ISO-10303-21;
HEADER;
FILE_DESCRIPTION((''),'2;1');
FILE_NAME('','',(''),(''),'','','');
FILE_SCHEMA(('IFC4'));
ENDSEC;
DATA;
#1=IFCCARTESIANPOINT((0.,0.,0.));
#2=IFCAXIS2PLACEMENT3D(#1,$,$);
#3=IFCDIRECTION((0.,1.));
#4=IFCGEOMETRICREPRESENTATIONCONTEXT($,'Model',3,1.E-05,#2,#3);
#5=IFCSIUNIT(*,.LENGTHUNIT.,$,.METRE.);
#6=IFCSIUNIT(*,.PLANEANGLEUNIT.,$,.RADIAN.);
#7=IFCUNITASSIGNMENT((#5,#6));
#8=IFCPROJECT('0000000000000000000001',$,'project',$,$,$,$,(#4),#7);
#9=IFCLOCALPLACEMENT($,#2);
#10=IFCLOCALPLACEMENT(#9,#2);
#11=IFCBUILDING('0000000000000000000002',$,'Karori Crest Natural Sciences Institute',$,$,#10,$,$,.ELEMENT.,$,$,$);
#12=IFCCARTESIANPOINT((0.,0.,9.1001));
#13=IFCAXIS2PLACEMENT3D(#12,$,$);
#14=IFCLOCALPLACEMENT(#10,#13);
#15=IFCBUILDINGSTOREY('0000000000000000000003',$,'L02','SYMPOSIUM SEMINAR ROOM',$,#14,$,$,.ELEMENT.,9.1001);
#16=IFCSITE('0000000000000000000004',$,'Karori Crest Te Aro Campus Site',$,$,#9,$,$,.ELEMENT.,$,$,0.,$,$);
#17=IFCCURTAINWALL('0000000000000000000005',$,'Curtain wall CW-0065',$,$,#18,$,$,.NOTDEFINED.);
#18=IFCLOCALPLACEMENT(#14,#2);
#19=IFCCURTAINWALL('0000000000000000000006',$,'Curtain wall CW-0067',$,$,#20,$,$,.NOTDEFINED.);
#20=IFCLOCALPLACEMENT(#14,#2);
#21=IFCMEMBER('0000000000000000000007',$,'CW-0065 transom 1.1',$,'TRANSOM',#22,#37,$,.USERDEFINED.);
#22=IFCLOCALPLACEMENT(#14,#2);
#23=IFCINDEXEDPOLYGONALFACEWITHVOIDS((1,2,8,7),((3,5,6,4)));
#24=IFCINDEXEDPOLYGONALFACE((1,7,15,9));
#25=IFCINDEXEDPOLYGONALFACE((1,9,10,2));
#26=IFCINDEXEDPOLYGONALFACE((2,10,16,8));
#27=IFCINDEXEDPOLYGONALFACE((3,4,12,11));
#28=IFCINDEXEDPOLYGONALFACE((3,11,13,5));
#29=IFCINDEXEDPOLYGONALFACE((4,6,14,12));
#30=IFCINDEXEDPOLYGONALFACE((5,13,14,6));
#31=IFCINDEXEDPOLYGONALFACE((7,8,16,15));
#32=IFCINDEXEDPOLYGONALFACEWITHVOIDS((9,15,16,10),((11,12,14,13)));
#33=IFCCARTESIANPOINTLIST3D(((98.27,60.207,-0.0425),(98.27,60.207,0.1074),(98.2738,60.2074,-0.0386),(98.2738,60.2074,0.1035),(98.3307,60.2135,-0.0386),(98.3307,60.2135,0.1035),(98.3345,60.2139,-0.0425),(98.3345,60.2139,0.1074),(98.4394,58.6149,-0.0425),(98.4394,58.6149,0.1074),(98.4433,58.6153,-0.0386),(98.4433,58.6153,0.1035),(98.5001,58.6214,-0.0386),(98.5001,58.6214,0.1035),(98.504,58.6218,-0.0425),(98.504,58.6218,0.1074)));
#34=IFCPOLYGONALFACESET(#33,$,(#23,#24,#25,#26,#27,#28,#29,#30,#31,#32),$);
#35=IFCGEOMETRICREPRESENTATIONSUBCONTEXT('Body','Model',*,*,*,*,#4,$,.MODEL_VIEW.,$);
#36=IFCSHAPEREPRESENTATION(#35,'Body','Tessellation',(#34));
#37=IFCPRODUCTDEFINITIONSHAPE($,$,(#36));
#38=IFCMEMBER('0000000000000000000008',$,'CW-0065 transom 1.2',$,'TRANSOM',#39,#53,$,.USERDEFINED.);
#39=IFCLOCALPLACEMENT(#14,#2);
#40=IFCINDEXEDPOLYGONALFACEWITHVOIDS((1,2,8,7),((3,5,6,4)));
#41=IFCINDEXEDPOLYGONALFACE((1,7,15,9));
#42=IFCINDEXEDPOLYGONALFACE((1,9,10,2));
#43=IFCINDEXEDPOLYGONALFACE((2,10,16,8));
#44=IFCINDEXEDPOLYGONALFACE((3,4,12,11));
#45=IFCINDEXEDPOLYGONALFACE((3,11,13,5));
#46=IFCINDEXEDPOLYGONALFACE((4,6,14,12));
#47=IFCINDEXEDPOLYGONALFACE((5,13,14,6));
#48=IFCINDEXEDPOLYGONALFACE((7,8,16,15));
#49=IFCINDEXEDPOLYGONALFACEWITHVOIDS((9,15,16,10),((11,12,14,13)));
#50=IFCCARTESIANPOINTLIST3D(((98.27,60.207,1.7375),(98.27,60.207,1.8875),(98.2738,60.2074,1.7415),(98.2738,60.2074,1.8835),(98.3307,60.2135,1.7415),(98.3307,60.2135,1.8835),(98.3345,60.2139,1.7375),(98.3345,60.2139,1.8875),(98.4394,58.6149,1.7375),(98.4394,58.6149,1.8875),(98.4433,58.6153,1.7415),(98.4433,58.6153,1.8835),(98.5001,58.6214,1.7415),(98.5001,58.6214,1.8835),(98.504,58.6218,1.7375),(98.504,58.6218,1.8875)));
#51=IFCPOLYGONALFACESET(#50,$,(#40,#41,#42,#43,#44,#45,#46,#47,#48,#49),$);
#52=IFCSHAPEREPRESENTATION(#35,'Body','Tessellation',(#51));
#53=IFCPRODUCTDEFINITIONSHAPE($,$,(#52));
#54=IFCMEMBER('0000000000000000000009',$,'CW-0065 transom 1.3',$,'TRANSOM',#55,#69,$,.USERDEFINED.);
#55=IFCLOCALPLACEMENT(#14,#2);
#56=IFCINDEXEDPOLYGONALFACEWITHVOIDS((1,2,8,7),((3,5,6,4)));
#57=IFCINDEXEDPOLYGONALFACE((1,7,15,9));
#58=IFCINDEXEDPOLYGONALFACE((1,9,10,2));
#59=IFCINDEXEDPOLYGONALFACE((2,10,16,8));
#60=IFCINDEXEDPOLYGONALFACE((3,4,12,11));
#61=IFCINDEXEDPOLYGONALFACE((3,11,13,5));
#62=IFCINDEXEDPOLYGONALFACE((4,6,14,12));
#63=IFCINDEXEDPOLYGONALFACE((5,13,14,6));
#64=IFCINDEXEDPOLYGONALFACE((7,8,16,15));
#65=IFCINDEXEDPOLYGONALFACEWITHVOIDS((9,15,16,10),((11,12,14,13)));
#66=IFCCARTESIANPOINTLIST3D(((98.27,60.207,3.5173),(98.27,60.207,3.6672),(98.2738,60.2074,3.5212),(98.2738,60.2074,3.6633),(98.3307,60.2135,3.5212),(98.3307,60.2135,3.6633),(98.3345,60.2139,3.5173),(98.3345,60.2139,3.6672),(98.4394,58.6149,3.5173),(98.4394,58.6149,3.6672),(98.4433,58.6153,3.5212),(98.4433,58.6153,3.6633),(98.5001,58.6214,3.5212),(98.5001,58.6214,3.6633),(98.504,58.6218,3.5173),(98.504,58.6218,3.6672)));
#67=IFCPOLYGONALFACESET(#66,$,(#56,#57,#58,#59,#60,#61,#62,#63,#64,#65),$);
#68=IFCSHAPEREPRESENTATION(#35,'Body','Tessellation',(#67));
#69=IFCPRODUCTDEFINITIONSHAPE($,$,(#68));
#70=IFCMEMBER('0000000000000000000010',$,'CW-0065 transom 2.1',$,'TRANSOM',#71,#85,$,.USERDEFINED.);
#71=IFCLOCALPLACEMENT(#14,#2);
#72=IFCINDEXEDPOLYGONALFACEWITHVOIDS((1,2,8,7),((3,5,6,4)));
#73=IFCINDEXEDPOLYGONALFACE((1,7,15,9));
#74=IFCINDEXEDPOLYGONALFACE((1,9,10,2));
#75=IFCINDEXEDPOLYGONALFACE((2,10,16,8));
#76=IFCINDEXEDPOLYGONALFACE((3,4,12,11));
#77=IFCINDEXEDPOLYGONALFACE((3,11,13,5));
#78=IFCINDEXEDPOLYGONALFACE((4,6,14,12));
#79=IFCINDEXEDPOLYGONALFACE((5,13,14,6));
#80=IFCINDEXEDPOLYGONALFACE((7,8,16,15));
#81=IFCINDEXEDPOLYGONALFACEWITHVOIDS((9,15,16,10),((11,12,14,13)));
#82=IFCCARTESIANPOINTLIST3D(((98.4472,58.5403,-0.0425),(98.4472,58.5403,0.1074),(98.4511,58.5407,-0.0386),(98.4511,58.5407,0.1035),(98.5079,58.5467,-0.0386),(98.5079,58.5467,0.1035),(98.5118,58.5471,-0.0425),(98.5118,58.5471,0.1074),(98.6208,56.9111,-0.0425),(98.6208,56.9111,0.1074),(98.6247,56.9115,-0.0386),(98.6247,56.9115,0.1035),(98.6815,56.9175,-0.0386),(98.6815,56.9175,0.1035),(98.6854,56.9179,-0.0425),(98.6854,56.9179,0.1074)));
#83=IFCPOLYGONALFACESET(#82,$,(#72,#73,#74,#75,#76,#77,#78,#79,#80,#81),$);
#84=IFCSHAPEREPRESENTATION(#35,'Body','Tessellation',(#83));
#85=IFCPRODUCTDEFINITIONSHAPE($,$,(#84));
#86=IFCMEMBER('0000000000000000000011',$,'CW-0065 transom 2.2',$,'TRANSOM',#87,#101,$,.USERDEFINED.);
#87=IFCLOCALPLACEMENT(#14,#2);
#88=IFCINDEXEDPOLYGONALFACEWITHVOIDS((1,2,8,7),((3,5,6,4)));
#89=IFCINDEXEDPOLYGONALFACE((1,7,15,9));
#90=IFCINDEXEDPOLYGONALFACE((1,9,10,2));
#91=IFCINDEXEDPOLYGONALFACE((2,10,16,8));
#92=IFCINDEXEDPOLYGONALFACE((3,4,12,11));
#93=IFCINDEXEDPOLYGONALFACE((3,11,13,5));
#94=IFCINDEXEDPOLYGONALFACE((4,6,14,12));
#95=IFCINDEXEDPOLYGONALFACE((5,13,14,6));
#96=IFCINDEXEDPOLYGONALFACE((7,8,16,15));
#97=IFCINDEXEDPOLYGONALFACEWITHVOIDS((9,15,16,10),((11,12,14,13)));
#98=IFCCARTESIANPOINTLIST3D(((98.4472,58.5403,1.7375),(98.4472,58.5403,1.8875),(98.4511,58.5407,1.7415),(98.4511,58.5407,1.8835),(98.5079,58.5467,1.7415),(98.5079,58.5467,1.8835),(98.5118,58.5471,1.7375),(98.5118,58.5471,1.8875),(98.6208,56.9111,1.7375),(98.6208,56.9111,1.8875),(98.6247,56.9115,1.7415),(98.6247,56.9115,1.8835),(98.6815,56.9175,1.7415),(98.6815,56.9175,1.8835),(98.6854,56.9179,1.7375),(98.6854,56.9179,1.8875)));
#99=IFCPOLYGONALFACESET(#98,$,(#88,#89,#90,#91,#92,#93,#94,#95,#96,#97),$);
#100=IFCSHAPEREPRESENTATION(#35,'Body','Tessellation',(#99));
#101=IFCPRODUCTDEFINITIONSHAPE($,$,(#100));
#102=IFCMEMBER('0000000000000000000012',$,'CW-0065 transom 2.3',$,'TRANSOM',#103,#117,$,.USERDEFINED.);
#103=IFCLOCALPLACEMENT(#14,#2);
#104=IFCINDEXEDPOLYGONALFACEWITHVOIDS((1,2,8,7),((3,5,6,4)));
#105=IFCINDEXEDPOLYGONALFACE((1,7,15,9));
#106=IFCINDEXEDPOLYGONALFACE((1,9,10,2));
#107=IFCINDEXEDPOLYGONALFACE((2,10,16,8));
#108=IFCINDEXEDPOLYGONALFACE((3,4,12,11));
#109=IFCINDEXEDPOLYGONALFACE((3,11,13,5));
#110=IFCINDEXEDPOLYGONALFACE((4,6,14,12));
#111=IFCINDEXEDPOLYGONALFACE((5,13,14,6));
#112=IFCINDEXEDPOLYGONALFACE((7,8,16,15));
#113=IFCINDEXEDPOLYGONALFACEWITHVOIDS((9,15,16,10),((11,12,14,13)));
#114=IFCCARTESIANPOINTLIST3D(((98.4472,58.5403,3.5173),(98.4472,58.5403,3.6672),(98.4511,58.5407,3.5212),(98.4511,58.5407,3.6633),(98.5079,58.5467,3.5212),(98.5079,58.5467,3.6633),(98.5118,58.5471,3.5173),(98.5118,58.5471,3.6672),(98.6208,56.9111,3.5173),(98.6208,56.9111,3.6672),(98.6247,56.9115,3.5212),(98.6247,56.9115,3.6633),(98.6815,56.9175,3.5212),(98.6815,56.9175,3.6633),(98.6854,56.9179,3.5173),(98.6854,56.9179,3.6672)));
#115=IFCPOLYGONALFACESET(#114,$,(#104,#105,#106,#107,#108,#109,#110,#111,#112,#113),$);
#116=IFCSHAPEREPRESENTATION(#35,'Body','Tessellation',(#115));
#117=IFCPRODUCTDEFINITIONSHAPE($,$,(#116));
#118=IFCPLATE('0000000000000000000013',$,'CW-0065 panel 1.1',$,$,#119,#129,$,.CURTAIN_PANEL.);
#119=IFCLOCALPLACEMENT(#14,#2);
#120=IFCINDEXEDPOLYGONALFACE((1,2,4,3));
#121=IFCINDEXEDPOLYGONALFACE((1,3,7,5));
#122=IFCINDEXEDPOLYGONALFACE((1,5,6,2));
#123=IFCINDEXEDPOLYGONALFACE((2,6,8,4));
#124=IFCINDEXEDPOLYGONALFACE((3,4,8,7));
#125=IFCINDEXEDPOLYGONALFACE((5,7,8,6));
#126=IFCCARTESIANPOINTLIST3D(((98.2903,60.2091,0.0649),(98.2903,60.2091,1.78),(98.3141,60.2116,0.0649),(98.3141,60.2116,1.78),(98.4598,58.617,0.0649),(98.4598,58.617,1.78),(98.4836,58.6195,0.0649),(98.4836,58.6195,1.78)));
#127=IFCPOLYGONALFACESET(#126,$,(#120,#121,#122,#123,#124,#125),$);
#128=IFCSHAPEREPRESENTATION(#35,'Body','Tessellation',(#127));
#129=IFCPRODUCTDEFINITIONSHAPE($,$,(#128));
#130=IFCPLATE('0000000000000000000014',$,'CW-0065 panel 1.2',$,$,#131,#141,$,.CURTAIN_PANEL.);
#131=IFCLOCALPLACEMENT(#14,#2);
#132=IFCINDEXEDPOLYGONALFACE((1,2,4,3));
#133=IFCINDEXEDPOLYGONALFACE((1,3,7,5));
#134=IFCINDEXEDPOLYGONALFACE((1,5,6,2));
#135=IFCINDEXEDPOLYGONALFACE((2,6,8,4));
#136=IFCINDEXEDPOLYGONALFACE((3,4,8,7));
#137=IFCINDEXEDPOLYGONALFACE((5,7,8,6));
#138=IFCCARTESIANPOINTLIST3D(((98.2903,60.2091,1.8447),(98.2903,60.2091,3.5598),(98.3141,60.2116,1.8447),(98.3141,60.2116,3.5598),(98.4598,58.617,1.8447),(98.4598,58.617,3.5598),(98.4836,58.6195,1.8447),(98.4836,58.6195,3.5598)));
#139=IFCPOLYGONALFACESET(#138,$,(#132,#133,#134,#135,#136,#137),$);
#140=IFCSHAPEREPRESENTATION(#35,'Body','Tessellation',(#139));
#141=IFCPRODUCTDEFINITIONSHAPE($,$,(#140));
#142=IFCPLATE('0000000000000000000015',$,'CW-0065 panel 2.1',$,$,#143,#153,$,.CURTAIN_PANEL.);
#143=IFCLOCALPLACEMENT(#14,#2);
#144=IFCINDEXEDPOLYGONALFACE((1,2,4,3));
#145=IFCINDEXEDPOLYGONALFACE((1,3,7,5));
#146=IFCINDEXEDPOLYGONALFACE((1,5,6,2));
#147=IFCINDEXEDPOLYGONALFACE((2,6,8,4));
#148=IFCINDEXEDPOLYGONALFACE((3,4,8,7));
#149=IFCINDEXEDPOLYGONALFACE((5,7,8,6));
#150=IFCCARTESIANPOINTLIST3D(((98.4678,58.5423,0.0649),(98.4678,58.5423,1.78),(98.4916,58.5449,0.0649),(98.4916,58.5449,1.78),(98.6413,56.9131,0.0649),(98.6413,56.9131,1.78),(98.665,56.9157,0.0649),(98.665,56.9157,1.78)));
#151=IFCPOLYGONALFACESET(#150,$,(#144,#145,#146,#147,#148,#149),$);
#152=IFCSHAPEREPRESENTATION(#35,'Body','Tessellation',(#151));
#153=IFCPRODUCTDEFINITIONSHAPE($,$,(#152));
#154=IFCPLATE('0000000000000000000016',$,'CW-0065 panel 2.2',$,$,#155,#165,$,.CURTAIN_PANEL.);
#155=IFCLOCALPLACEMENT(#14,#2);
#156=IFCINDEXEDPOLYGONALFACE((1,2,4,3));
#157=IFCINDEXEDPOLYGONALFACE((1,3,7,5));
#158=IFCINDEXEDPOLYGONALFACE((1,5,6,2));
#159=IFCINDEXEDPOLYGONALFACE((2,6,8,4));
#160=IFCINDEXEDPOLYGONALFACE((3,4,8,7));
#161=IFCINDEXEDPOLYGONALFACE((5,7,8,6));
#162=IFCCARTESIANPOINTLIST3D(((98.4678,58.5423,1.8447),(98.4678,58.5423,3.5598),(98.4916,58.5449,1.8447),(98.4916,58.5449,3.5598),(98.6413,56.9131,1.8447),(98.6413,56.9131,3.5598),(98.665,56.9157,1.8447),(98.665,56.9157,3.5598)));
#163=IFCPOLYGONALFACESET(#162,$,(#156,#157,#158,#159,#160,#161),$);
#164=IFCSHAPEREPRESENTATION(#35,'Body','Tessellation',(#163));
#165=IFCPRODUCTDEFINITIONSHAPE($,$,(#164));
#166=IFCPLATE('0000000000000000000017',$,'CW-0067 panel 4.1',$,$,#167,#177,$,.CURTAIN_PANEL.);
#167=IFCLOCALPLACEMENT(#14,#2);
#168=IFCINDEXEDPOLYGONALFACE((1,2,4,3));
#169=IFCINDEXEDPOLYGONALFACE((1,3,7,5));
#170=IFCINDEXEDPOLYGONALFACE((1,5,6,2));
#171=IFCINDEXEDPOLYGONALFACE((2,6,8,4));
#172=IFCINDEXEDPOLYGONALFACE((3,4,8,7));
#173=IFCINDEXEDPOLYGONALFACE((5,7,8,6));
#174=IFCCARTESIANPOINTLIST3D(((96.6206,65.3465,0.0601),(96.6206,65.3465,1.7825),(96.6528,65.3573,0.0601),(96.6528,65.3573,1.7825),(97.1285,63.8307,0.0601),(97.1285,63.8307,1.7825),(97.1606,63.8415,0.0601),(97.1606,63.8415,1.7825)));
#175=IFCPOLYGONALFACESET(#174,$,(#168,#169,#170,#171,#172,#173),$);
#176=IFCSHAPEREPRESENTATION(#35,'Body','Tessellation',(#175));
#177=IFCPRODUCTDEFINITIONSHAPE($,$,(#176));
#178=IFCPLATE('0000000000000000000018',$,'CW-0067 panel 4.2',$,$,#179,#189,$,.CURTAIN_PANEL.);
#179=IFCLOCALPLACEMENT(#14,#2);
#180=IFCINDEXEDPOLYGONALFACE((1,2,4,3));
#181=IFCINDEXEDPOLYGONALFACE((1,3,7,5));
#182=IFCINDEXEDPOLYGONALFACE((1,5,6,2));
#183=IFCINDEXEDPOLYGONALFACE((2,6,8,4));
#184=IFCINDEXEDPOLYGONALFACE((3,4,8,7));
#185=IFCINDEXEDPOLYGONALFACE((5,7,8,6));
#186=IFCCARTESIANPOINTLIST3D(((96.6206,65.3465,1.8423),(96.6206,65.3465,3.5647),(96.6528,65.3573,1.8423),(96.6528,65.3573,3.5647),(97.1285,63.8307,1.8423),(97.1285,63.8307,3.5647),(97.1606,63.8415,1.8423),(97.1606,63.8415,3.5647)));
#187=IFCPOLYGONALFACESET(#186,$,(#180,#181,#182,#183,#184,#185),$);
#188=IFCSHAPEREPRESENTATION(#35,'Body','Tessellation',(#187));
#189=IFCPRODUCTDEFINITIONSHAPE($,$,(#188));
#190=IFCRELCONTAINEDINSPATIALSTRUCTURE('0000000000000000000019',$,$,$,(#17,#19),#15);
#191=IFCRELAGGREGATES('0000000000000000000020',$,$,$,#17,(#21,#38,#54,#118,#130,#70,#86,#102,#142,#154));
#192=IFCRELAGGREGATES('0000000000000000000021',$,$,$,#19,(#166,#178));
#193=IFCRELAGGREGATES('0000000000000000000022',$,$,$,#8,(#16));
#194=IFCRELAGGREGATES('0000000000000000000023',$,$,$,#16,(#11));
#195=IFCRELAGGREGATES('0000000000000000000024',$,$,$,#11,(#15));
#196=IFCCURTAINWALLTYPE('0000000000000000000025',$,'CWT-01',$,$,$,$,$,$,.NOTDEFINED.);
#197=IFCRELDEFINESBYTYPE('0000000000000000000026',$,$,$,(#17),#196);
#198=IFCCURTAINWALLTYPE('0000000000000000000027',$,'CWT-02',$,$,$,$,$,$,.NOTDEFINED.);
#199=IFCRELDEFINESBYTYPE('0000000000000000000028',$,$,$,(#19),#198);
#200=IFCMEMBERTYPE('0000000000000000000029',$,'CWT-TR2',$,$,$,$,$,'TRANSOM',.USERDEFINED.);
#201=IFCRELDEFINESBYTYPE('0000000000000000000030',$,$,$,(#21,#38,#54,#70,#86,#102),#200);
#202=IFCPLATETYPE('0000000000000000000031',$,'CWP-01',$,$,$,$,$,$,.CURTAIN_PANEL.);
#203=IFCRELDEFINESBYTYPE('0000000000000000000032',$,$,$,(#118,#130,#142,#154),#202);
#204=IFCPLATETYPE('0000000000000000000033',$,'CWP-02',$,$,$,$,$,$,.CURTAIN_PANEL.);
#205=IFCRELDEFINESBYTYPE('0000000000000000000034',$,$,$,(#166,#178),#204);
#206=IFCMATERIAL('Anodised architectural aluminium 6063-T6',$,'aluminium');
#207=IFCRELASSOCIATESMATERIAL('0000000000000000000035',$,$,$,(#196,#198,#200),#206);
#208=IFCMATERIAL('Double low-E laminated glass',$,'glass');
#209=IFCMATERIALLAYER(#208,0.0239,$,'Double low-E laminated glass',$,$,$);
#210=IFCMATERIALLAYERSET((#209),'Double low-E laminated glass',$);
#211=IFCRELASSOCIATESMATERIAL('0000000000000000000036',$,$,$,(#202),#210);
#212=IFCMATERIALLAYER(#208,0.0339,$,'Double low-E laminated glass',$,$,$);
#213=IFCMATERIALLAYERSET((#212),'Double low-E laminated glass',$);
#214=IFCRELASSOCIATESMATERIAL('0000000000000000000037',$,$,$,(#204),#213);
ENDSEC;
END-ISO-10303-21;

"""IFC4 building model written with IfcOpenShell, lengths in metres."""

from ifc_helpers import new_model, si_unit, direction, frame, origin, origin_2d, place, context, subcontext, project, spatial, rectangle, hollow_rectangle, extrude, material, layer, layer_set, material_profile, profile_set, type_object, element, aggregate, save


model = new_model("IFC4")

# Units and contexts
model_context = context("Model", 3, precision=1e-05, world=origin(), true_north=direction((0.0, 1.0)))
body_context = subcontext(model_context, "Body", "Model", "MODEL_VIEW")
ifc_project = project(units=[si_unit("LENGTHUNIT", "METRE"), si_unit("PLANEANGLEUNIT", "RADIAN")], contexts=[model_context])

# Site, building, storey
site_placement = place(None, origin())
site = spatial("IfcSite", under=ifc_project, at=site_placement, Name="Karori Crest Te Aro Campus Site", CompositionType="ELEMENT", RefElevation=0.0)
building_placement = place(site_placement, origin())
building = spatial("IfcBuilding", under=site, at=building_placement, Name="Karori Crest Natural Sciences Institute", CompositionType="ELEMENT")
storey_placement = place(building_placement, frame((0.0, 0.0, 9.1001)))
storey = spatial("IfcBuildingStorey", under=building, at=storey_placement, Name="L02", Description="SYMPOSIUM SEMINAR ROOM", CompositionType="ELEMENT", Elevation=9.1001)

# Curtain walls
ifc_material_1 = material(Name="Anodised architectural aluminium 6063-T6", Category="aluminium")
curtain_wall_type_1 = type_object("IfcCurtainWallType", Name="CWT-01", PredefinedType="NOTDEFINED", material=ifc_material_1)
curtain_wall_1_placement = place(storey_placement, origin())
curtain_wall_1 = element("IfcCurtainWall", 1, at=curtain_wall_1_placement, inside=storey, type_object=curtain_wall_type_1, Name="Curtain wall CW-0065", PredefinedType="NOTDEFINED")
curtain_wall_type_2 = type_object("IfcCurtainWallType", Name="CWT-02", PredefinedType="NOTDEFINED", material=ifc_material_1)
curtain_wall_2_placement = place(storey_placement, origin())
curtain_wall_2 = element("IfcCurtainWall", 2, at=curtain_wall_2_placement, inside=storey, type_object=curtain_wall_type_2, Name="Curtain wall CW-0067", PredefinedType="NOTDEFINED")

# Members
ifc_material_profile_1 = material_profile(ifc_material_1, hollow_rectangle(XDim=0.0649, YDim=0.1499, WallThickness=0.0039, at=origin_2d()), Name="CWT150x65x4")
ifc_profile_set_1 = profile_set([ifc_material_profile_1], Name="Anodised architectural aluminium 6063-T6")
member_type_1 = type_object("IfcMemberType", Name="CWT-TR2", ElementType="TRANSOM", PredefinedType="USERDEFINED", material=ifc_profile_set_1)
member_1_placement = place(storey_placement, frame((98.3022, 60.2104, 0.0325), z_axis=(0.105828, -0.994384, 0.0), x_axis=(0.994384, 0.105828, 0.0)))
member_1 = element("IfcMember", 3, at=member_1_placement, type_object=member_type_1, Name="CW-0065 transom 1.1", ObjectType="TRANSOM", PredefinedType="USERDEFINED", context=body_context, shape_type="SweptSolid", body=[
    extrude(hollow_rectangle(XDim=0.0649, YDim=0.1499, WallThickness=0.0039, at=origin_2d()), origin(), (0.0, 0.0, 1.0), 1.6011),
])
member_2_placement = place(storey_placement, frame((98.3022, 60.2104, 1.8125), z_axis=(0.105828, -0.994384, 0.0), x_axis=(0.994384, 0.105828, 0.0)))
member_2 = element("IfcMember", 4, at=member_2_placement, type_object=member_type_1, Name="CW-0065 transom 1.2", ObjectType="TRANSOM", PredefinedType="USERDEFINED", context=body_context, shape_type="SweptSolid", body=[
    extrude(hollow_rectangle(XDim=0.0649, YDim=0.1499, WallThickness=0.0039, at=origin_2d()), origin(), (0.0, 0.0, 1.0), 1.6011),
])
member_3_placement = place(storey_placement, frame((98.3022, 60.2104, 3.5923), z_axis=(0.105828, -0.994384, 0.0), x_axis=(0.994384, 0.105828, 0.0)))
member_3 = element("IfcMember", 5, at=member_3_placement, type_object=member_type_1, Name="CW-0065 transom 1.3", ObjectType="TRANSOM", PredefinedType="USERDEFINED", context=body_context, shape_type="SweptSolid", body=[
    extrude(hollow_rectangle(XDim=0.0649, YDim=0.1499, WallThickness=0.0039, at=origin_2d()), origin(), (0.0, 0.0, 1.0), 1.6011),
])
member_4_placement = place(storey_placement, frame((98.4795, 58.5437, 0.0325), z_axis=(0.105949, -0.994372, 0.0), x_axis=(0.994372, 0.105949, 0.0)))
member_4 = element("IfcMember", 6, at=member_4_placement, type_object=member_type_1, Name="CW-0065 transom 2.1", ObjectType="TRANSOM", PredefinedType="USERDEFINED", context=body_context, shape_type="SweptSolid", body=[
    extrude(hollow_rectangle(XDim=0.0649, YDim=0.1499, WallThickness=0.0039, at=origin_2d()), origin(), (0.0, 0.0, 1.0), 1.6384),
])
member_5_placement = place(storey_placement, frame((98.4795, 58.5437, 1.8125), z_axis=(0.105949, -0.994372, 0.0), x_axis=(0.994372, 0.105949, 0.0)))
member_5 = element("IfcMember", 7, at=member_5_placement, type_object=member_type_1, Name="CW-0065 transom 2.2", ObjectType="TRANSOM", PredefinedType="USERDEFINED", context=body_context, shape_type="SweptSolid", body=[
    extrude(hollow_rectangle(XDim=0.0649, YDim=0.1499, WallThickness=0.0039, at=origin_2d()), origin(), (0.0, 0.0, 1.0), 1.6384),
])
member_6_placement = place(storey_placement, frame((98.4795, 58.5437, 3.5923), z_axis=(0.105949, -0.994372, 0.0), x_axis=(0.994372, 0.105949, 0.0)))
member_6 = element("IfcMember", 8, at=member_6_placement, type_object=member_type_1, Name="CW-0065 transom 2.3", ObjectType="TRANSOM", PredefinedType="USERDEFINED", context=body_context, shape_type="SweptSolid", body=[
    extrude(hollow_rectangle(XDim=0.0649, YDim=0.1499, WallThickness=0.0039, at=origin_2d()), origin(), (0.0, 0.0, 1.0), 1.6384),
])

# Plates
ifc_material_2 = material(Name="Double low-E laminated glass", Category="glass")
ifc_layer_1 = layer(ifc_material_2, 0.0239, Name="Double low-E laminated glass")
ifc_layer_set_1 = layer_set([ifc_layer_1], Name="Double low-E laminated glass")
plate_type_1 = type_object("IfcPlateType", Name="CWP-01", PredefinedType="CURTAIN_PANEL", material=ifc_layer_set_1)
plate_1_placement = place(storey_placement, frame((98.387, 59.4143, 0.0649), z_axis=(0.0, 0.0, 1.0), x_axis=(0.105882, -0.994379, 0.0)))
plate_1 = element("IfcPlate", 9, at=plate_1_placement, type_object=plate_type_1, Name="CW-0065 panel 1.1", PredefinedType="CURTAIN_PANEL", context=body_context, shape_type="SweptSolid", body=[
    extrude(rectangle(XDim=1.6011, YDim=0.0239, at=origin_2d()), origin(), (0.0, 0.0, 1.0), 1.7151),
])
plate_2_placement = place(storey_placement, frame((98.387, 59.4143, 1.8447), z_axis=(0.0, 0.0, 1.0), x_axis=(0.105882, -0.994379, 0.0)))
plate_2 = element("IfcPlate", 10, at=plate_2_placement, type_object=plate_type_1, Name="CW-0065 panel 1.2", PredefinedType="CURTAIN_PANEL", context=body_context, shape_type="SweptSolid", body=[
    extrude(rectangle(XDim=1.6011, YDim=0.0239, at=origin_2d()), origin(), (0.0, 0.0, 1.0), 1.7151),
])
plate_3_placement = place(storey_placement, frame((98.5664, 57.729, 0.0649), z_axis=(0.0, 0.0, 1.0), x_axis=(0.105882, -0.994379, 0.0)))
plate_3 = element("IfcPlate", 11, at=plate_3_placement, type_object=plate_type_1, Name="CW-0065 panel 2.1", PredefinedType="CURTAIN_PANEL", context=body_context, shape_type="SweptSolid", body=[
    extrude(rectangle(XDim=1.6384, YDim=0.0239, at=origin_2d()), origin(), (0.0, 0.0, 1.0), 1.7151),
])
plate_4_placement = place(storey_placement, frame((98.5664, 57.729, 1.8447), z_axis=(0.0, 0.0, 1.0), x_axis=(0.105882, -0.994379, 0.0)))
plate_4 = element("IfcPlate", 12, at=plate_4_placement, type_object=plate_type_1, Name="CW-0065 panel 2.2", PredefinedType="CURTAIN_PANEL", context=body_context, shape_type="SweptSolid", body=[
    extrude(rectangle(XDim=1.6384, YDim=0.0239, at=origin_2d()), origin(), (0.0, 0.0, 1.0), 1.7151),
])
aggregate(curtain_wall_1, [member_1, member_2, member_3, plate_1, plate_2, member_4, member_5, member_6, plate_3, plate_4])
ifc_layer_2 = layer(ifc_material_2, 0.0339, Name="Double low-E laminated glass")
ifc_layer_set_2 = layer_set([ifc_layer_2], Name="Double low-E laminated glass")
plate_type_2 = type_object("IfcPlateType", Name="CWP-02", PredefinedType="CURTAIN_PANEL", material=ifc_layer_set_2)
plate_5_placement = place(storey_placement, frame((96.8906, 64.594, 0.0601), z_axis=(0.0, 0.0, 1.0), x_axis=(0.317685, -0.948196, 0.0)))
plate_5 = element("IfcPlate", 13, at=plate_5_placement, type_object=plate_type_2, Name="CW-0067 panel 4.1", PredefinedType="CURTAIN_PANEL", context=body_context, shape_type="SweptSolid", body=[
    extrude(rectangle(XDim=1.5986, YDim=0.0339, at=origin_2d()), origin(), (0.0, 0.0, 1.0), 1.7224),
])
plate_6_placement = place(storey_placement, frame((96.8906, 64.594, 1.8423), z_axis=(0.0, 0.0, 1.0), x_axis=(0.317685, -0.948196, 0.0)))
plate_6 = element("IfcPlate", 14, at=plate_6_placement, type_object=plate_type_2, Name="CW-0067 panel 4.2", PredefinedType="CURTAIN_PANEL", context=body_context, shape_type="SweptSolid", body=[
    extrude(rectangle(XDim=1.5986, YDim=0.0339, at=origin_2d()), origin(), (0.0, 0.0, 1.0), 1.7224),
])
aggregate(curtain_wall_2, [plate_5, plate_6])

save(model, "model.ifc")
